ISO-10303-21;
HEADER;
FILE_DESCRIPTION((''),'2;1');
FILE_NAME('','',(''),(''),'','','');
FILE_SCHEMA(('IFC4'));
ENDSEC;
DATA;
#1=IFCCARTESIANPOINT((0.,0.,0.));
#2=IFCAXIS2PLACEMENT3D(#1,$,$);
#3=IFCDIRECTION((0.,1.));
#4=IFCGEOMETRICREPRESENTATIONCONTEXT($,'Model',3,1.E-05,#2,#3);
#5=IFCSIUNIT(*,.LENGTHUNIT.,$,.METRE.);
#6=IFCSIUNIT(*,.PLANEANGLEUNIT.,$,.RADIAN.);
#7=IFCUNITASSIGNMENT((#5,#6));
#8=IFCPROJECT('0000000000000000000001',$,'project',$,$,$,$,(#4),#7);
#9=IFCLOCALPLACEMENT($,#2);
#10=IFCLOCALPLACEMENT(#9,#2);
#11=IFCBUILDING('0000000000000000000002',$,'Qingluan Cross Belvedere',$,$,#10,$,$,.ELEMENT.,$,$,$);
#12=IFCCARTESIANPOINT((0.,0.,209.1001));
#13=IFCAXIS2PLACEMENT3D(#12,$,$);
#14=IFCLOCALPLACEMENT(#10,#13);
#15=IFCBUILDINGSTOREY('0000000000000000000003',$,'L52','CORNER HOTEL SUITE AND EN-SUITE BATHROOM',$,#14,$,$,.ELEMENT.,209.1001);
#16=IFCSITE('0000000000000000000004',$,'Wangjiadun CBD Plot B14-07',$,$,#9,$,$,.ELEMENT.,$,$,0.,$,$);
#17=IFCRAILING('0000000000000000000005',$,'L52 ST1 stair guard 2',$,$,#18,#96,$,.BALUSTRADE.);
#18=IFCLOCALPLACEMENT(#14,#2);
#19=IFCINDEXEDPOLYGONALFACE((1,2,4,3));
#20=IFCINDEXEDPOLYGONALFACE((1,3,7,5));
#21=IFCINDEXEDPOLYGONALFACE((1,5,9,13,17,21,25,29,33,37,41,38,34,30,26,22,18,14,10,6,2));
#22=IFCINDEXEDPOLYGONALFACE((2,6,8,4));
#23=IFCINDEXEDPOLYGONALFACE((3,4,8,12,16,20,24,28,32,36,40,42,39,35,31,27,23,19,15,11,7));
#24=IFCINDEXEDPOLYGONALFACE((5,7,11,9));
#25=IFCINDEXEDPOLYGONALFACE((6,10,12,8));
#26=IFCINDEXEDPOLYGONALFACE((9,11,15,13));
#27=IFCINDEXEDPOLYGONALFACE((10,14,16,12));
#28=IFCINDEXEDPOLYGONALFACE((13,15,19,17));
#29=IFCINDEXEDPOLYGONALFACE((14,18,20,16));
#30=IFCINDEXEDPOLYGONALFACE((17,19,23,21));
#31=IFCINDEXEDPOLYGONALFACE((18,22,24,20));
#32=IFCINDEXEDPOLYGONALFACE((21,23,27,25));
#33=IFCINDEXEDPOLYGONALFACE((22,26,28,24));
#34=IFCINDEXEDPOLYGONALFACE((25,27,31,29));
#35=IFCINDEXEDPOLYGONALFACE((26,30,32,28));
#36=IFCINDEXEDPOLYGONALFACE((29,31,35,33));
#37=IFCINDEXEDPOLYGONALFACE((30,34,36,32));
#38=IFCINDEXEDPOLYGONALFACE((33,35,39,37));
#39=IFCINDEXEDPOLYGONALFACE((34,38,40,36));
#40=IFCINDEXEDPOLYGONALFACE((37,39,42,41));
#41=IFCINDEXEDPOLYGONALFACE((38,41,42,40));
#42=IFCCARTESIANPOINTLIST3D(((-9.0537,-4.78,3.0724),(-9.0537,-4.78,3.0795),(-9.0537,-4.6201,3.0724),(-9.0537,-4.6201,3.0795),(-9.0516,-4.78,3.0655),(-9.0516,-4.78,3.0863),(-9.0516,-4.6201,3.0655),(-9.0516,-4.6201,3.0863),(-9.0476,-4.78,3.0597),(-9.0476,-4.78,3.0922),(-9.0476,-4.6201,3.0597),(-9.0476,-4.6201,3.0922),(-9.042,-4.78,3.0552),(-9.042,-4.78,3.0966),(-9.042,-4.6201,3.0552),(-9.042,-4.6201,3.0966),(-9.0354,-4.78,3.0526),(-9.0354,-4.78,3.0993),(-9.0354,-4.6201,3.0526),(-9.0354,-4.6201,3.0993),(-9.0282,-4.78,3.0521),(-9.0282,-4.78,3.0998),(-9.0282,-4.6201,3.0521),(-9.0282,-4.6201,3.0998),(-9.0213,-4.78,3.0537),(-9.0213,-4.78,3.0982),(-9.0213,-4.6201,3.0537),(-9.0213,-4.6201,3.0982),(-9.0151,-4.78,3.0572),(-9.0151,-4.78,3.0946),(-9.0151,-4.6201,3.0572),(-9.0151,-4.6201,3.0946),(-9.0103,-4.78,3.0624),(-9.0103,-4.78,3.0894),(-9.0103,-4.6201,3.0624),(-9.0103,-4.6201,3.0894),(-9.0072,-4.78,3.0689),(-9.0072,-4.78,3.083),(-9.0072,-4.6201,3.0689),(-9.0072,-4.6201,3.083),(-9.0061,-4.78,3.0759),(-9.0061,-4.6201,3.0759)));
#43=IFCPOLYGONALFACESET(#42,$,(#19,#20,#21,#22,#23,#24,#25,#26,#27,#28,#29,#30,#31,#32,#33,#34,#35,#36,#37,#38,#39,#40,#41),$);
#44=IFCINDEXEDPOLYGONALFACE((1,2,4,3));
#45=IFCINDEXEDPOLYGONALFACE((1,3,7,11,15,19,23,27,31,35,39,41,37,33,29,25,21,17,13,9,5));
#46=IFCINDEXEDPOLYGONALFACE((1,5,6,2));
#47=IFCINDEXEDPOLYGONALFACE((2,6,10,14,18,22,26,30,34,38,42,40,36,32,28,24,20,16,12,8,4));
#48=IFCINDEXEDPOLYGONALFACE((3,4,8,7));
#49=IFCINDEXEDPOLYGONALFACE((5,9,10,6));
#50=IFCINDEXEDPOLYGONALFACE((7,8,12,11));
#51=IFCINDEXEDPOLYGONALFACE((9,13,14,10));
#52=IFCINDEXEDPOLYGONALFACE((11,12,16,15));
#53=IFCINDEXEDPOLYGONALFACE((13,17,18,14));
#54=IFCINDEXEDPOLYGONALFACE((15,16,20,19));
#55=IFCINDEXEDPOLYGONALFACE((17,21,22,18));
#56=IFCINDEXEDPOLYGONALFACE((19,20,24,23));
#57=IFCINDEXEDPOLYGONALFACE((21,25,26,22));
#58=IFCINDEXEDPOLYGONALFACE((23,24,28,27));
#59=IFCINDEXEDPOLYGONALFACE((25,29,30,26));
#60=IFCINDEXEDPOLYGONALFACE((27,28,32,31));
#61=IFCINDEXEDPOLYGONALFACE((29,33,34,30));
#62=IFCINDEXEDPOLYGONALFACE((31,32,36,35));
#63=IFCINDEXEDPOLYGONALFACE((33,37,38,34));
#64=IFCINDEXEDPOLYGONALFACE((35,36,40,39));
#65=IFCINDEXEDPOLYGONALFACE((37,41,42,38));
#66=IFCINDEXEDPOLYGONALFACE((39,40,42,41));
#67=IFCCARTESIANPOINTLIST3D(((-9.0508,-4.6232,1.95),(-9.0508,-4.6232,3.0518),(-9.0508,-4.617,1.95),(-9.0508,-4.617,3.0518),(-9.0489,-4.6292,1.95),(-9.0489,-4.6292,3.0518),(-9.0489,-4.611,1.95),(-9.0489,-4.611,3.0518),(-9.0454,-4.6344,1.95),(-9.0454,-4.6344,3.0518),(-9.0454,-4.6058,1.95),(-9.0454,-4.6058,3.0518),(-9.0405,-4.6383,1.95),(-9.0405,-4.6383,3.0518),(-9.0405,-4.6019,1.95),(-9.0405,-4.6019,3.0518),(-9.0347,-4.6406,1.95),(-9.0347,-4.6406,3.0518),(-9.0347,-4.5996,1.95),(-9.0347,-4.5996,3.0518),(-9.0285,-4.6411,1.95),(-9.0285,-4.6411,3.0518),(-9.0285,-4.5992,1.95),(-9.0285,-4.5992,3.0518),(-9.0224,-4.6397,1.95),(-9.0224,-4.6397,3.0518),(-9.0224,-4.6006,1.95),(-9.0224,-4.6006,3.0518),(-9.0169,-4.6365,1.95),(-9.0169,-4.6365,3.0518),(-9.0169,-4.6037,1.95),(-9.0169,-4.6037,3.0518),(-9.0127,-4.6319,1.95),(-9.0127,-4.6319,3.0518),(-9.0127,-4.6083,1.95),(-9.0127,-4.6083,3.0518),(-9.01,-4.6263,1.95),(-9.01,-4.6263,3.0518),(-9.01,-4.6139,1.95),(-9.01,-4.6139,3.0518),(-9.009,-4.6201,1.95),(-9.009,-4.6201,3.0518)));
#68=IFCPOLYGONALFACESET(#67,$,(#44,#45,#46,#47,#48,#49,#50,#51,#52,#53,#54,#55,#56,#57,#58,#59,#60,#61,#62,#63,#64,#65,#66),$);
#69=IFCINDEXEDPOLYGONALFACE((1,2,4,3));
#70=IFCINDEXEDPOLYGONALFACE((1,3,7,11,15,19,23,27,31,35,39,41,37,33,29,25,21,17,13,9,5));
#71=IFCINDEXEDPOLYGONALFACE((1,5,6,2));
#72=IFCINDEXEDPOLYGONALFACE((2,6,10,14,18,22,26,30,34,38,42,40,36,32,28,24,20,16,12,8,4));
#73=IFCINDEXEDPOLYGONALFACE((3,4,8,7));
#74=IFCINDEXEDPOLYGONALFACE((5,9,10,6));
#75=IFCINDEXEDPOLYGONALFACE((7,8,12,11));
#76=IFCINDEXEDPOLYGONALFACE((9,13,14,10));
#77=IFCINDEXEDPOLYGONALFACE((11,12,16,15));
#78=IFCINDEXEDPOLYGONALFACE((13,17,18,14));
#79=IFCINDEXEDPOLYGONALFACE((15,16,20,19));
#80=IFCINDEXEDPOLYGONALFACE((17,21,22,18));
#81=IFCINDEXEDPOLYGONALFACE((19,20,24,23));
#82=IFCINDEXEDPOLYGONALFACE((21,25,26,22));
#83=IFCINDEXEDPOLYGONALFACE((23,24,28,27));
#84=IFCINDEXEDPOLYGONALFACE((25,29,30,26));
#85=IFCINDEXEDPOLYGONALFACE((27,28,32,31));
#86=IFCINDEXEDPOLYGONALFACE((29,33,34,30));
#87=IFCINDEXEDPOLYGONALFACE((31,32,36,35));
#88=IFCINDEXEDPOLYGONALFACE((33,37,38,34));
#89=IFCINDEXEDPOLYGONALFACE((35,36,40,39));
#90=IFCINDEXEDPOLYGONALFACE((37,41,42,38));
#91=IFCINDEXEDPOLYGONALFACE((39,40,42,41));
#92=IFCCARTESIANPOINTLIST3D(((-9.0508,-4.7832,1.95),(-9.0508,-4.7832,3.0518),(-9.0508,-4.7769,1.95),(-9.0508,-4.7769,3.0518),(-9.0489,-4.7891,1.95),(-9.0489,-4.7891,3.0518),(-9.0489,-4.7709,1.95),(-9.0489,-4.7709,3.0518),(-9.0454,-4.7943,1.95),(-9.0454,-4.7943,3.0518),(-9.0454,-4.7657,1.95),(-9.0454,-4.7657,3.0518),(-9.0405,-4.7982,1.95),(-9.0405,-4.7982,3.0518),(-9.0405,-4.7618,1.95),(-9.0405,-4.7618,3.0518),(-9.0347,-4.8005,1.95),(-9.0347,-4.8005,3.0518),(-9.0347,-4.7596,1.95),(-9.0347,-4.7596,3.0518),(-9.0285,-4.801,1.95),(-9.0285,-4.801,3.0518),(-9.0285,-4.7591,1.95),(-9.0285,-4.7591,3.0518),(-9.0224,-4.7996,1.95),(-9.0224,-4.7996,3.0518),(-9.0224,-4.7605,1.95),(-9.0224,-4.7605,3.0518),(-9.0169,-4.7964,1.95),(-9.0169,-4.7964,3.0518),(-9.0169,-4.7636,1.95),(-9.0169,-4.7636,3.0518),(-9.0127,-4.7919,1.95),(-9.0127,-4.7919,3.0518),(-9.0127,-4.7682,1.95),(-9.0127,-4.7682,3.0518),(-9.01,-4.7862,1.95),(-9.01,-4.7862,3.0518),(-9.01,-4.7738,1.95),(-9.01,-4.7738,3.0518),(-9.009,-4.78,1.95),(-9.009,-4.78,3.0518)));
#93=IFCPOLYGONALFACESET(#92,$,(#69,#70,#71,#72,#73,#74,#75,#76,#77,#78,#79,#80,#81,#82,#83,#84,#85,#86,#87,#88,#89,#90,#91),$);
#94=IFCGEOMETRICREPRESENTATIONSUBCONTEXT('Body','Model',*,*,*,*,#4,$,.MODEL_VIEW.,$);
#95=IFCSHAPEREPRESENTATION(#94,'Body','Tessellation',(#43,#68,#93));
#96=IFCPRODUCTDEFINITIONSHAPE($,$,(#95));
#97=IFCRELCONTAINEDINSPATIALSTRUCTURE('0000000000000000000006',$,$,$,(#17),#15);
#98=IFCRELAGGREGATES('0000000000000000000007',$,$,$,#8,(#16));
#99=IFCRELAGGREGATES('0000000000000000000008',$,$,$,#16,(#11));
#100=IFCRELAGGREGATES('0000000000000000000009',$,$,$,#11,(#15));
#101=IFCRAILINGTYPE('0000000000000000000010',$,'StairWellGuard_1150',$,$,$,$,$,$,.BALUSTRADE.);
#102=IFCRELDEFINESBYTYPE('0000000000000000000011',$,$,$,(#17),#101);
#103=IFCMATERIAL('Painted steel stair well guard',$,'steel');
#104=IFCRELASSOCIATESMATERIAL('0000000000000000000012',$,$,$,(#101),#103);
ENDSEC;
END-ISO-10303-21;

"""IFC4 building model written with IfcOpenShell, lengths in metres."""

from ifc_helpers import new_model, si_unit, direction, frame, origin, origin_2d, place, context, subcontext, project, spatial, circle, extrude, material, type_object, element, save


model = new_model("IFC4")

# Units and contexts
model_context = context("Model", 3, precision=1e-05, world=origin(), true_north=direction((0.0, 1.0)))
body_context = subcontext(model_context, "Body", "Model", "MODEL_VIEW")
ifc_project = project(units=[si_unit("LENGTHUNIT", "METRE"), si_unit("PLANEANGLEUNIT", "RADIAN")], contexts=[model_context])

# Site, building, storey
site_placement = place(None, origin())
site = spatial("IfcSite", under=ifc_project, at=site_placement, Name="Wangjiadun CBD Plot B14-07", CompositionType="ELEMENT", RefElevation=0.0)
building_placement = place(site_placement, origin())
building = spatial("IfcBuilding", under=site, at=building_placement, Name="Qingluan Cross Belvedere", CompositionType="ELEMENT")
storey_placement = place(building_placement, frame((0.0, 0.0, 209.1001)))
storey = spatial("IfcBuildingStorey", under=building, at=storey_placement, Name="L52", Description="CORNER HOTEL SUITE AND EN-SUITE BATHROOM", CompositionType="ELEMENT", Elevation=209.1001)

# Railing
ifc_material_1 = material(Name="Painted steel stair well guard", Category="steel")
railing_type_1 = type_object("IfcRailingType", Name="StairWellGuard_1150", PredefinedType="BALUSTRADE", material=ifc_material_1)
railing_1_placement = place(storey_placement, frame((-9.03, -4.6201, 1.95)))
element("IfcRailing", 1, at=railing_1_placement, inside=storey, type_object=railing_type_1, Name="L52 ST1 stair guard 2", PredefinedType="BALUSTRADE", context=body_context, shape_type="SweptSolid", body=[
    extrude(circle(Radius=0.0239, at=origin_2d()), frame((0.0, 0.0, 1.126), z_axis=(0.0, -1.0, 0.0), x_axis=(1.0, 0.0, 0.0)), (0.0, 0.0, 1.0), 0.1599),
    extrude(circle(Radius=0.021, at=origin_2d()), origin(), (0.0, 0.0, 1.0), 1.1018),
    extrude(circle(Radius=0.021, at=origin_2d()), frame((0.0, -0.1599, 0.0)), (0.0, 0.0, 1.0), 1.1018),
])

save(model, "model.ifc")
